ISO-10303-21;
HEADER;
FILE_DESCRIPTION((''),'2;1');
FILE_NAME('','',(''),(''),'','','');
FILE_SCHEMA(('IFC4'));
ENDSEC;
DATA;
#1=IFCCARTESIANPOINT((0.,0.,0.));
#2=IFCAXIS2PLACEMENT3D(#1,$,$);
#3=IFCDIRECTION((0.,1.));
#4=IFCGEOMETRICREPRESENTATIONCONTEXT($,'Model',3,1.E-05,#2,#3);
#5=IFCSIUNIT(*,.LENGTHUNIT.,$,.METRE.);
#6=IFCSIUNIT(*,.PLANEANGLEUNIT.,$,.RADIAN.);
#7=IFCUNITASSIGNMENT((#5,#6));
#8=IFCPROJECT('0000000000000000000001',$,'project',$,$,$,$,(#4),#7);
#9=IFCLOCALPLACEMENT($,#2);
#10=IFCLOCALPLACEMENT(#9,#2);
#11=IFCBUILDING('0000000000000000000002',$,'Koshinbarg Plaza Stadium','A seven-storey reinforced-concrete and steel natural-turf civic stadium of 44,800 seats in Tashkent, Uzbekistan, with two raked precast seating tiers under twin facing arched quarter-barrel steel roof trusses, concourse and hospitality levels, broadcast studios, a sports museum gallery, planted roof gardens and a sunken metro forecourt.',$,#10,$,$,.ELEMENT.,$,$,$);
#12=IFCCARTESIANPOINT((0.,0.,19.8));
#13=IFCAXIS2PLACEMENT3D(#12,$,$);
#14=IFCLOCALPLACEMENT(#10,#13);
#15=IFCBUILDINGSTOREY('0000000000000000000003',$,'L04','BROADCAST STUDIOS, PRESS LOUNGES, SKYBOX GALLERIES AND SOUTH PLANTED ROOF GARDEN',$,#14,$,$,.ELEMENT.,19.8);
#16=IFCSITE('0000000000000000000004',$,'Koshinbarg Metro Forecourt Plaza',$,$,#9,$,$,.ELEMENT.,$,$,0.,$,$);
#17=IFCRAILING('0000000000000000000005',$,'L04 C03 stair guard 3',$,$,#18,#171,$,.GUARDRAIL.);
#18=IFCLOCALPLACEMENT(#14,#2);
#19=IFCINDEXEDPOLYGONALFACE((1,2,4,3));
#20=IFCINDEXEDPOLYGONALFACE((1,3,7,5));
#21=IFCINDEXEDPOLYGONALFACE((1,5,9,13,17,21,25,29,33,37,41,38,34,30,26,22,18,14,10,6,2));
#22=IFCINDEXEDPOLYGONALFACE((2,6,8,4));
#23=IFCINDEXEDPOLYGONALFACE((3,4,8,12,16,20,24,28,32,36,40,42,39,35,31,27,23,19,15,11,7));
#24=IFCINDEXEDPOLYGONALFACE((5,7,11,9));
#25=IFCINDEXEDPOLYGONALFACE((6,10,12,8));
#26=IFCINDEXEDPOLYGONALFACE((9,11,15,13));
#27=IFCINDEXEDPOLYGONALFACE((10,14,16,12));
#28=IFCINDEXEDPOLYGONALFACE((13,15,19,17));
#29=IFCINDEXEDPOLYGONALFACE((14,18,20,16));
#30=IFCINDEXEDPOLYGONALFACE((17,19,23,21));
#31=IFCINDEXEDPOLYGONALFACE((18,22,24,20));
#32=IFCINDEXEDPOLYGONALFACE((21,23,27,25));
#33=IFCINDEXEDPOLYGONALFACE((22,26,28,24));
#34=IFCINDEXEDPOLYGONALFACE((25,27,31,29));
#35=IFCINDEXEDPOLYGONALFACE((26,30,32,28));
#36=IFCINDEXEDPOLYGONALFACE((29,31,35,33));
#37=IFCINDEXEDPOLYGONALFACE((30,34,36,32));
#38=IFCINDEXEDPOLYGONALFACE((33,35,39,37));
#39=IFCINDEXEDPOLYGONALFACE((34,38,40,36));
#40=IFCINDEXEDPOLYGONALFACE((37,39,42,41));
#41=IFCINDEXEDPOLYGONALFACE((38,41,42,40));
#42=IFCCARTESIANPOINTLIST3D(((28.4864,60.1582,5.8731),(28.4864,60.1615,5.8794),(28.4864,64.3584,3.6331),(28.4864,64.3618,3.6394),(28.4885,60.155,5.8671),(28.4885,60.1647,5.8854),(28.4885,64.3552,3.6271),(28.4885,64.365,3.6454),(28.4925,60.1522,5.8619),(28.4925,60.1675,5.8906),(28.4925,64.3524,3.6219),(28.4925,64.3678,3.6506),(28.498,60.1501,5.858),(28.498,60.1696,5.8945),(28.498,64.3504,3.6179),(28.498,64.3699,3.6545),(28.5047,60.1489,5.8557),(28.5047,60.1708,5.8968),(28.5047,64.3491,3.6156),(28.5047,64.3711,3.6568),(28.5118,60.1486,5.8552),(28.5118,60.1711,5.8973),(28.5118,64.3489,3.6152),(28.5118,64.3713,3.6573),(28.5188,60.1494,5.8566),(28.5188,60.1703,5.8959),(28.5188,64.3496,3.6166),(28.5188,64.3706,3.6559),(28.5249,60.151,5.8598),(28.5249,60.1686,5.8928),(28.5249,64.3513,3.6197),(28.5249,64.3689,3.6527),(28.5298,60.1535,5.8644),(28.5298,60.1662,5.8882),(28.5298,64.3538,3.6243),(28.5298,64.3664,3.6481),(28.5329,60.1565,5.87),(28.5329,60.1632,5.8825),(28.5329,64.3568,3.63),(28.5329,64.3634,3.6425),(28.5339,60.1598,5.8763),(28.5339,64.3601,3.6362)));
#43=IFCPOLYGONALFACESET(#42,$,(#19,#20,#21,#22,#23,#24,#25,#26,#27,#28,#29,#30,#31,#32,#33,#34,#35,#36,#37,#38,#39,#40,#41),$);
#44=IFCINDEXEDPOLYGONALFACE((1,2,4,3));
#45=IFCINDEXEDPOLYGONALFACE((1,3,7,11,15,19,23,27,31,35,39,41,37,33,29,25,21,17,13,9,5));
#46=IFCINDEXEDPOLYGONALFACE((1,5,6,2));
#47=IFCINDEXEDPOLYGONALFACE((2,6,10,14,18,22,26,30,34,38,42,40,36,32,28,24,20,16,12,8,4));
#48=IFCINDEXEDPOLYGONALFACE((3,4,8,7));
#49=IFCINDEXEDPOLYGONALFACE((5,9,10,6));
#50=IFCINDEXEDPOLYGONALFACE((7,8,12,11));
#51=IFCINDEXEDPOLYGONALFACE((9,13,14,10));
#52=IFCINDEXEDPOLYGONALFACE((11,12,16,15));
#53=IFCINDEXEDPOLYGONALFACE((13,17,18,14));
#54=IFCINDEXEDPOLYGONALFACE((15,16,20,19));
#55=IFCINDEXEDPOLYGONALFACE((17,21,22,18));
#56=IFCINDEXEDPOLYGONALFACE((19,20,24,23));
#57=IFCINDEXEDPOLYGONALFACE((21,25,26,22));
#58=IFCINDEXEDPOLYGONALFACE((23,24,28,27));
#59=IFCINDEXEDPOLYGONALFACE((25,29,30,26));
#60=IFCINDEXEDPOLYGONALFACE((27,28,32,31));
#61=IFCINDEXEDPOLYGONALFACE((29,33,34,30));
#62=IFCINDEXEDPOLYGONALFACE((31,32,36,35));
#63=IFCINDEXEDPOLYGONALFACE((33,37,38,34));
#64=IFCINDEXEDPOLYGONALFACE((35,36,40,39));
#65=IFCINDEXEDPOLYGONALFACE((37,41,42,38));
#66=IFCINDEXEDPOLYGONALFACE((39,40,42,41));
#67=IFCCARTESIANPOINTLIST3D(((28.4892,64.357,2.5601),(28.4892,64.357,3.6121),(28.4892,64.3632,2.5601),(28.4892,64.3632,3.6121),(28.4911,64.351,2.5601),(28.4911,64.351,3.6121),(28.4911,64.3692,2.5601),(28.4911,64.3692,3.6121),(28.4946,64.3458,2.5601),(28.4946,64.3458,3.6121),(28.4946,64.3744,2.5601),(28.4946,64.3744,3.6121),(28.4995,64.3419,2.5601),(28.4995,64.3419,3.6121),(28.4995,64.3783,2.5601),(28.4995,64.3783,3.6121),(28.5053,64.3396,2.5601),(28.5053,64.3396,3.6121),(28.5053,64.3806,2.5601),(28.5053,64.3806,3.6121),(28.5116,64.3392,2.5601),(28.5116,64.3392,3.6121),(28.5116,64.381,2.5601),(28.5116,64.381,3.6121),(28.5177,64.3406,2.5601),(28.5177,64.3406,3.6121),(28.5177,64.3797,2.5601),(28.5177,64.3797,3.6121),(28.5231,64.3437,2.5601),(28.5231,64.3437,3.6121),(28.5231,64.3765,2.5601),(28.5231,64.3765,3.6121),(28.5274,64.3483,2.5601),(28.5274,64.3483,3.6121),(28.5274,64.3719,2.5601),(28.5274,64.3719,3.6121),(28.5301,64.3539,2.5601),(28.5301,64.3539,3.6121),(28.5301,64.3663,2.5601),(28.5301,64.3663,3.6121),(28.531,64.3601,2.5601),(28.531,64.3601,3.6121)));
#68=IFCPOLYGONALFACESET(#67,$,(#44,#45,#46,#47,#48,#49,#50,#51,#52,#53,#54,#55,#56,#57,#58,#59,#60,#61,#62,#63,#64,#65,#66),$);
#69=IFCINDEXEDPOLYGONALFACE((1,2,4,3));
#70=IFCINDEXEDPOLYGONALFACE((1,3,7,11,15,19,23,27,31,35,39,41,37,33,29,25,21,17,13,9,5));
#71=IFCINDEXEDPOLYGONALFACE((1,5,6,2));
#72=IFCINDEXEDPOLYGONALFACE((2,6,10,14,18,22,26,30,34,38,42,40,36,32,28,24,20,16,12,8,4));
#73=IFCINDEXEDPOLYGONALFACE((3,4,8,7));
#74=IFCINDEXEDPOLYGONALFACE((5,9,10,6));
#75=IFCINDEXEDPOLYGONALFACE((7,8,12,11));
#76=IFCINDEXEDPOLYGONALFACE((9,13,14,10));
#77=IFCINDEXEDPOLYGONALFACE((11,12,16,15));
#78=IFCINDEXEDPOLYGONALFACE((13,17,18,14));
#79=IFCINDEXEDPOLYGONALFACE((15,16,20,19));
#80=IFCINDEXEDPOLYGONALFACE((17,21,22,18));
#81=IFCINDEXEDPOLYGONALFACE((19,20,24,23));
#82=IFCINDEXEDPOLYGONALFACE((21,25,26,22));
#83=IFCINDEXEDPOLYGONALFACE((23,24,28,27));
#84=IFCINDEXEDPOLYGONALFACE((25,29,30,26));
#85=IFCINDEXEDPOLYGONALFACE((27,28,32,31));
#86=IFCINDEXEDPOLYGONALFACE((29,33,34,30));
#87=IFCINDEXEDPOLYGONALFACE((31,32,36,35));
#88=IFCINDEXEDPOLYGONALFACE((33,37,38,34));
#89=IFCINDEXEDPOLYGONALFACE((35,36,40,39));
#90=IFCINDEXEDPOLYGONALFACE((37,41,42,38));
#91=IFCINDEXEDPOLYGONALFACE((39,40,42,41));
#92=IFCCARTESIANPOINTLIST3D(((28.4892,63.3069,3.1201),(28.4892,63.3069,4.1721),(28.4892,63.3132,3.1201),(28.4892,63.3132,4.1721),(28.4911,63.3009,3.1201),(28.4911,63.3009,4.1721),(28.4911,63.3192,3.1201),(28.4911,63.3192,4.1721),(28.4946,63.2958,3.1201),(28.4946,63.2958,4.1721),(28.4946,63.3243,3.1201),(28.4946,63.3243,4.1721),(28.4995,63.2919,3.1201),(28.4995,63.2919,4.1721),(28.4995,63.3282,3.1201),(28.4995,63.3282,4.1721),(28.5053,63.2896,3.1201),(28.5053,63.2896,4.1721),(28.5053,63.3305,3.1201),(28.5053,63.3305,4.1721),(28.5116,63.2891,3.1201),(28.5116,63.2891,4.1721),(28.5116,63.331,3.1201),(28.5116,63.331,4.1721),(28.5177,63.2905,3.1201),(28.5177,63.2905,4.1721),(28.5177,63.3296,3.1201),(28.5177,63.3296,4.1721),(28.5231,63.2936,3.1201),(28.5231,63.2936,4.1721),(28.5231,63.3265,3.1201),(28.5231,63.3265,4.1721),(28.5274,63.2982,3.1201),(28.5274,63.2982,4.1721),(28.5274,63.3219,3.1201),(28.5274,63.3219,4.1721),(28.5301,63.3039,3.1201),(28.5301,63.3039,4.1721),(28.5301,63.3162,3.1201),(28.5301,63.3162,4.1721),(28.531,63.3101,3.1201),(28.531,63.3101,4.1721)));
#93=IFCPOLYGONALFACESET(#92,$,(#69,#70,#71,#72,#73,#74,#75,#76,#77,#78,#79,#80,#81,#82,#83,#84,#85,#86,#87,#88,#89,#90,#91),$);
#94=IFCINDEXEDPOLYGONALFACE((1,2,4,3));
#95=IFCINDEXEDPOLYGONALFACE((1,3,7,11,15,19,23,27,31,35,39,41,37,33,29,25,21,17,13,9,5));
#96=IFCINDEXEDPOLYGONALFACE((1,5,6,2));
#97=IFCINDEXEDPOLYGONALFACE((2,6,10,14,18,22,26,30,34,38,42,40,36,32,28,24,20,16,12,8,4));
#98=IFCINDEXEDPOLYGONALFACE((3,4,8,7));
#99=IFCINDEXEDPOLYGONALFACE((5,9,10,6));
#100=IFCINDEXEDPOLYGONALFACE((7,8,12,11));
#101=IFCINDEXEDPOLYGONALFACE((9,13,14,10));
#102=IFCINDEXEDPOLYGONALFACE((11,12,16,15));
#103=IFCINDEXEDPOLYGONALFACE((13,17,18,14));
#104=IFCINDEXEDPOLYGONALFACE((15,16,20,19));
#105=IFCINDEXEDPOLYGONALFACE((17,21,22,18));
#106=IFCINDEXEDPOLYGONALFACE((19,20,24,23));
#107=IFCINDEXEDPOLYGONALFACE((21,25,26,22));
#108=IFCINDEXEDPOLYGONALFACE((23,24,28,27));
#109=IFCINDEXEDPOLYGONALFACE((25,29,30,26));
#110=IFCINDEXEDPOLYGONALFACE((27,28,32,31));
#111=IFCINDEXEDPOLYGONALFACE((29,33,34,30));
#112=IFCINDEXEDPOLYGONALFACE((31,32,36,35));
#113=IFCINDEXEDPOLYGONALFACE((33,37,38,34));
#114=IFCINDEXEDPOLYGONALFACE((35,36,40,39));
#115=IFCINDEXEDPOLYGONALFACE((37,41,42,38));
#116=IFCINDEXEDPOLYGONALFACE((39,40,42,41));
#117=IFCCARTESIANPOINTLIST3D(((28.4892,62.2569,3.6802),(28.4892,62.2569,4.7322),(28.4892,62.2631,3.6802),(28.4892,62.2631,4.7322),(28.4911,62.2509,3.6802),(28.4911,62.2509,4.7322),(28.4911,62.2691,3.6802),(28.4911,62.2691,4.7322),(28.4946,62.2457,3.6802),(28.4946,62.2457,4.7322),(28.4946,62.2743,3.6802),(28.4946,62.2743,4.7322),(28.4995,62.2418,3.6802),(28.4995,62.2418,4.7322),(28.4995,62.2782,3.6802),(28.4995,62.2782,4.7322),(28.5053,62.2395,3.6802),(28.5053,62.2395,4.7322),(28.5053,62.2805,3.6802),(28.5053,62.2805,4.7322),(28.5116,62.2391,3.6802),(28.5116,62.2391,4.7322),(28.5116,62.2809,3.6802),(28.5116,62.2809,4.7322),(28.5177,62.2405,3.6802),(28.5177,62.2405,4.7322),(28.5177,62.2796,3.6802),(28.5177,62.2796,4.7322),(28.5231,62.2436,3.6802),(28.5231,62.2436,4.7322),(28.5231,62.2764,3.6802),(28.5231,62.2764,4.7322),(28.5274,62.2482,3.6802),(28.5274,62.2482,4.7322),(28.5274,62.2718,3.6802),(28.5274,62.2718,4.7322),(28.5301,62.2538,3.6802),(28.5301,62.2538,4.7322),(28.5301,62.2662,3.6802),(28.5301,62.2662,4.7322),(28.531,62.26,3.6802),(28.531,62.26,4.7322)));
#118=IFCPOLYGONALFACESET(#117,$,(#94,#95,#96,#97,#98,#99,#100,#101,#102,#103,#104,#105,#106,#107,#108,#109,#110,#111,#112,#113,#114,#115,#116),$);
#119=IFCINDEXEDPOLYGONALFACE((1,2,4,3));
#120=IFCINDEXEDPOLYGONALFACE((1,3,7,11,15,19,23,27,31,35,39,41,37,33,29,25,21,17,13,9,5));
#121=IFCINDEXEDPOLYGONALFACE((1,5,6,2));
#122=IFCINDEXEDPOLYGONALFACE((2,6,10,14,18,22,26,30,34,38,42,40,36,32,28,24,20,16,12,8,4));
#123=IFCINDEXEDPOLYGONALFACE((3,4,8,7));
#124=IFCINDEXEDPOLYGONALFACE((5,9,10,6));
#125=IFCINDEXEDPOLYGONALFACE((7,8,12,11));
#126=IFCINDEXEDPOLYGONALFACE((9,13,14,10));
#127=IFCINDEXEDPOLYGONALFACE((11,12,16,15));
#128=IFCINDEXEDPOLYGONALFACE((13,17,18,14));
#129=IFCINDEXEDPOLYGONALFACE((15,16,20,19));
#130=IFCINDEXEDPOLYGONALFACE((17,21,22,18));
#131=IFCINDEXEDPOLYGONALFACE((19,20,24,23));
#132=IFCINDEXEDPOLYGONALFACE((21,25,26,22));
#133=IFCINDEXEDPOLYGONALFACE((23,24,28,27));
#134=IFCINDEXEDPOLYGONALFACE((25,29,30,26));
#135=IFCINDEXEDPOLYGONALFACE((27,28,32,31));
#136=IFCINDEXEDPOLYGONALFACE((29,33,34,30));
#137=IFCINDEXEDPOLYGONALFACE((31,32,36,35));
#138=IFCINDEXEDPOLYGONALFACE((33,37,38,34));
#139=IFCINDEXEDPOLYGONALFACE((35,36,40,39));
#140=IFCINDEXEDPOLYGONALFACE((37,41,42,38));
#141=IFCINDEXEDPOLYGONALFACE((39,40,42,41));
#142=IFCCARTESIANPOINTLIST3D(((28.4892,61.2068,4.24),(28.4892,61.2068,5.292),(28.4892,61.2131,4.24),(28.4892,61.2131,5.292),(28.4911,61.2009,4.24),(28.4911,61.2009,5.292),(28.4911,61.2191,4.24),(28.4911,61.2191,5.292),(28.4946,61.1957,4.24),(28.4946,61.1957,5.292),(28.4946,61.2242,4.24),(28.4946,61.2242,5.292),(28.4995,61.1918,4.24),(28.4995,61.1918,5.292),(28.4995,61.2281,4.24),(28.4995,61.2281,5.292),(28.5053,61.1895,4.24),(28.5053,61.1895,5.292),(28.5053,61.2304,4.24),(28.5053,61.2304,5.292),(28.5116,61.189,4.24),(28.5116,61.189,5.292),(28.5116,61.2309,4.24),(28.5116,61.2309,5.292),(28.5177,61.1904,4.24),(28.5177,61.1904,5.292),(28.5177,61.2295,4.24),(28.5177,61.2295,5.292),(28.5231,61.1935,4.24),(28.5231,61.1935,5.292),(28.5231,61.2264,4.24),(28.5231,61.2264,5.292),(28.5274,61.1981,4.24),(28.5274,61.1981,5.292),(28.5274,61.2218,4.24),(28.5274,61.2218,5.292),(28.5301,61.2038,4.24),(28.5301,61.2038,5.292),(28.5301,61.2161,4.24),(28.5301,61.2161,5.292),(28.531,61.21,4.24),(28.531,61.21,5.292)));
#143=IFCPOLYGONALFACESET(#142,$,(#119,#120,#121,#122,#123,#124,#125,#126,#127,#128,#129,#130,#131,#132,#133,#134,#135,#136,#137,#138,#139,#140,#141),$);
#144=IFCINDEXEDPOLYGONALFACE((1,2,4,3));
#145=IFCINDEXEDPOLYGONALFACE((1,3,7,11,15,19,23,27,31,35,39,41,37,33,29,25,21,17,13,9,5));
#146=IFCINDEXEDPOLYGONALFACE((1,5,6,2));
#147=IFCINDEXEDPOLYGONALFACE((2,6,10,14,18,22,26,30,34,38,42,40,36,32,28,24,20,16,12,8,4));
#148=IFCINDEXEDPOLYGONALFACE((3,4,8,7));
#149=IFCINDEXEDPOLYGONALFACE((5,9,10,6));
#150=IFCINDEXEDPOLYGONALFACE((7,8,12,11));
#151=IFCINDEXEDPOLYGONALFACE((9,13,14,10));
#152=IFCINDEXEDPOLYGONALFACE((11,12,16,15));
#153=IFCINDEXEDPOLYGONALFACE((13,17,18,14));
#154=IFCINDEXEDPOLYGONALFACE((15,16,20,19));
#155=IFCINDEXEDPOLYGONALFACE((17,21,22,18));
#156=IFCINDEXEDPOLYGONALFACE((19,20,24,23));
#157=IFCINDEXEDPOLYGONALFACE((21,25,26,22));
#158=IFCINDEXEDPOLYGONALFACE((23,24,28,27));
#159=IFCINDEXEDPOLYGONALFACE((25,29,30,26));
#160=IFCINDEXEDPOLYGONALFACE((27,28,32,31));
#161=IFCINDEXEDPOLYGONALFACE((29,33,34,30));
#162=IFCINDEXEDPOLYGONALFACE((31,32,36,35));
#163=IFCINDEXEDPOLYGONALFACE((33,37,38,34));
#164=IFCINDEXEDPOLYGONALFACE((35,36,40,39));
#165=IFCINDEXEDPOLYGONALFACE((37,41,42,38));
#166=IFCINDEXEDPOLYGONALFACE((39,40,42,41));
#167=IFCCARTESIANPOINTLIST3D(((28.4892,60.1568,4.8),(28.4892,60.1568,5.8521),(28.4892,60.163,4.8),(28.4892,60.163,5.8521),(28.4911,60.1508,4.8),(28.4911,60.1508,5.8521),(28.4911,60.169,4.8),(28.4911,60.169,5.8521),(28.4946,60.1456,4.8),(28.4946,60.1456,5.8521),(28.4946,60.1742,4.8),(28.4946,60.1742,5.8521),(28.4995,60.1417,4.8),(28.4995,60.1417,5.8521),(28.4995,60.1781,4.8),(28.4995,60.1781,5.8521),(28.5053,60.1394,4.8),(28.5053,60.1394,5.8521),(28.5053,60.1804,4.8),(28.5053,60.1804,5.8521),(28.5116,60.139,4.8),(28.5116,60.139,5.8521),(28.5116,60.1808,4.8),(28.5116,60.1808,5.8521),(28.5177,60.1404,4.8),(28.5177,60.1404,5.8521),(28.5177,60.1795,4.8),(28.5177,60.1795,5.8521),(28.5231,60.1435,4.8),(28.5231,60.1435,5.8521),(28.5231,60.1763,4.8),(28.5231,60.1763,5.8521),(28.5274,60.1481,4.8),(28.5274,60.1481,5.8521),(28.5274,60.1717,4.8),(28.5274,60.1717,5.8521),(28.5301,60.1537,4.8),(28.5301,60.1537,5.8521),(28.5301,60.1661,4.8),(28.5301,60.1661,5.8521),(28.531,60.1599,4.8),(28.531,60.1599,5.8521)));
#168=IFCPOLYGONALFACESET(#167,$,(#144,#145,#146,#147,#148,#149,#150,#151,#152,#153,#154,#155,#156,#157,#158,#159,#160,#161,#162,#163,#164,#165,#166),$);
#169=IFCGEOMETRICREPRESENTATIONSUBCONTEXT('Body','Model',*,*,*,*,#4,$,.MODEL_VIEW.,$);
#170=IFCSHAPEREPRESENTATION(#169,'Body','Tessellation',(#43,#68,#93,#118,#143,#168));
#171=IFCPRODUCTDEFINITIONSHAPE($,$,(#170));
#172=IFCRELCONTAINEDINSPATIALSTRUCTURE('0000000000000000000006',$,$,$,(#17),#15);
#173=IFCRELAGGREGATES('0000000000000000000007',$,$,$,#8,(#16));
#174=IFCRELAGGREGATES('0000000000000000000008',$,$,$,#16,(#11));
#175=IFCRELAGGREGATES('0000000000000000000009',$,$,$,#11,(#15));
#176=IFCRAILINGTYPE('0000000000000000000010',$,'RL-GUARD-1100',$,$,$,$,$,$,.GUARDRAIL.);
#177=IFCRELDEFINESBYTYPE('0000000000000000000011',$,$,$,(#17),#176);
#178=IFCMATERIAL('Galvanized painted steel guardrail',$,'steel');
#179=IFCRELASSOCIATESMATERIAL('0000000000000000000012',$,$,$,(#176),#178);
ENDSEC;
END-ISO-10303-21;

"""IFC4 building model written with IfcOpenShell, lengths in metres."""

from ifc_helpers import new_model, si_unit, direction, frame, origin, origin_2d, place, context, subcontext, project, spatial, circle, extrude, material, type_object, element, save


model = new_model("IFC4")

# Units and contexts
model_context = context("Model", 3, precision=1e-05, world=origin(), true_north=direction((0.0, 1.0)))
body_context = subcontext(model_context, "Body", "Model", "MODEL_VIEW")
ifc_project = project(units=[si_unit("LENGTHUNIT", "METRE"), si_unit("PLANEANGLEUNIT", "RADIAN")], contexts=[model_context])

# Site, building, storey
site_placement = place(None, origin())
site = spatial("IfcSite", under=ifc_project, at=site_placement, Name="Koshinbarg Metro Forecourt Plaza", CompositionType="ELEMENT", RefElevation=0.0)
building_placement = place(site_placement, origin())
building = spatial("IfcBuilding", under=site, at=building_placement, Name="Koshinbarg Plaza Stadium", Description="A seven-storey reinforced-concrete and steel natural-turf civic stadium of 44,800 seats in Tashkent, Uzbekistan, with two raked precast seating tiers under twin facing arched quarter-barrel steel roof trusses, concourse and hospitality levels, broadcast studios, a sports museum gallery, planted roof gardens and a sunken metro forecourt.", CompositionType="ELEMENT")
storey_placement = place(building_placement, frame((0.0, 0.0, 19.8)))
storey = spatial("IfcBuildingStorey", under=building, at=storey_placement, Name="L04", Description="BROADCAST STUDIOS, PRESS LOUNGES, SKYBOX GALLERIES AND SOUTH PLANTED ROOF GARDEN", CompositionType="ELEMENT", Elevation=19.8)

# Railing
ifc_material_1 = material(Name="Galvanized painted steel guardrail", Category="steel")
railing_type_1 = type_object("IfcRailingType", Name="RL-GUARD-1100", PredefinedType="GUARDRAIL", material=ifc_material_1)
railing_1_placement = place(storey_placement, frame((28.51, 64.3601, 2.5601)))
element("IfcRailing", 1, at=railing_1_placement, inside=storey, type_object=railing_type_1, Name="L04 C03 stair guard 3", PredefinedType="GUARDRAIL", context=body_context, shape_type="SweptSolid", body=[
    extrude(circle(Radius=0.0239, at=origin_2d()), frame((0.0, 0.0, 1.0762), z_axis=(0.0, -0.882363, 0.47057), x_axis=(1.0, 0.0, 0.0)), (0.0, 0.0, 1.0), 4.7603),
    extrude(circle(Radius=0.021, at=origin_2d()), origin(), (0.0, 0.0, 1.0), 1.052),
    extrude(circle(Radius=0.021, at=origin_2d()), frame((0.0, -1.05, 0.5601)), (0.0, 0.0, 1.0), 1.052),
    extrude(circle(Radius=0.021, at=origin_2d()), frame((0.0, -2.1001, 1.1201)), (0.0, 0.0, 1.0), 1.052),
    extrude(circle(Radius=0.021, at=origin_2d()), frame((0.0, -3.1501, 1.6799)), (0.0, 0.0, 1.0), 1.052),
    extrude(circle(Radius=0.021, at=origin_2d()), frame((0.0, -4.2002, 2.24)), (0.0, 0.0, 1.0), 1.052),
])

save(model, "model.ifc")
